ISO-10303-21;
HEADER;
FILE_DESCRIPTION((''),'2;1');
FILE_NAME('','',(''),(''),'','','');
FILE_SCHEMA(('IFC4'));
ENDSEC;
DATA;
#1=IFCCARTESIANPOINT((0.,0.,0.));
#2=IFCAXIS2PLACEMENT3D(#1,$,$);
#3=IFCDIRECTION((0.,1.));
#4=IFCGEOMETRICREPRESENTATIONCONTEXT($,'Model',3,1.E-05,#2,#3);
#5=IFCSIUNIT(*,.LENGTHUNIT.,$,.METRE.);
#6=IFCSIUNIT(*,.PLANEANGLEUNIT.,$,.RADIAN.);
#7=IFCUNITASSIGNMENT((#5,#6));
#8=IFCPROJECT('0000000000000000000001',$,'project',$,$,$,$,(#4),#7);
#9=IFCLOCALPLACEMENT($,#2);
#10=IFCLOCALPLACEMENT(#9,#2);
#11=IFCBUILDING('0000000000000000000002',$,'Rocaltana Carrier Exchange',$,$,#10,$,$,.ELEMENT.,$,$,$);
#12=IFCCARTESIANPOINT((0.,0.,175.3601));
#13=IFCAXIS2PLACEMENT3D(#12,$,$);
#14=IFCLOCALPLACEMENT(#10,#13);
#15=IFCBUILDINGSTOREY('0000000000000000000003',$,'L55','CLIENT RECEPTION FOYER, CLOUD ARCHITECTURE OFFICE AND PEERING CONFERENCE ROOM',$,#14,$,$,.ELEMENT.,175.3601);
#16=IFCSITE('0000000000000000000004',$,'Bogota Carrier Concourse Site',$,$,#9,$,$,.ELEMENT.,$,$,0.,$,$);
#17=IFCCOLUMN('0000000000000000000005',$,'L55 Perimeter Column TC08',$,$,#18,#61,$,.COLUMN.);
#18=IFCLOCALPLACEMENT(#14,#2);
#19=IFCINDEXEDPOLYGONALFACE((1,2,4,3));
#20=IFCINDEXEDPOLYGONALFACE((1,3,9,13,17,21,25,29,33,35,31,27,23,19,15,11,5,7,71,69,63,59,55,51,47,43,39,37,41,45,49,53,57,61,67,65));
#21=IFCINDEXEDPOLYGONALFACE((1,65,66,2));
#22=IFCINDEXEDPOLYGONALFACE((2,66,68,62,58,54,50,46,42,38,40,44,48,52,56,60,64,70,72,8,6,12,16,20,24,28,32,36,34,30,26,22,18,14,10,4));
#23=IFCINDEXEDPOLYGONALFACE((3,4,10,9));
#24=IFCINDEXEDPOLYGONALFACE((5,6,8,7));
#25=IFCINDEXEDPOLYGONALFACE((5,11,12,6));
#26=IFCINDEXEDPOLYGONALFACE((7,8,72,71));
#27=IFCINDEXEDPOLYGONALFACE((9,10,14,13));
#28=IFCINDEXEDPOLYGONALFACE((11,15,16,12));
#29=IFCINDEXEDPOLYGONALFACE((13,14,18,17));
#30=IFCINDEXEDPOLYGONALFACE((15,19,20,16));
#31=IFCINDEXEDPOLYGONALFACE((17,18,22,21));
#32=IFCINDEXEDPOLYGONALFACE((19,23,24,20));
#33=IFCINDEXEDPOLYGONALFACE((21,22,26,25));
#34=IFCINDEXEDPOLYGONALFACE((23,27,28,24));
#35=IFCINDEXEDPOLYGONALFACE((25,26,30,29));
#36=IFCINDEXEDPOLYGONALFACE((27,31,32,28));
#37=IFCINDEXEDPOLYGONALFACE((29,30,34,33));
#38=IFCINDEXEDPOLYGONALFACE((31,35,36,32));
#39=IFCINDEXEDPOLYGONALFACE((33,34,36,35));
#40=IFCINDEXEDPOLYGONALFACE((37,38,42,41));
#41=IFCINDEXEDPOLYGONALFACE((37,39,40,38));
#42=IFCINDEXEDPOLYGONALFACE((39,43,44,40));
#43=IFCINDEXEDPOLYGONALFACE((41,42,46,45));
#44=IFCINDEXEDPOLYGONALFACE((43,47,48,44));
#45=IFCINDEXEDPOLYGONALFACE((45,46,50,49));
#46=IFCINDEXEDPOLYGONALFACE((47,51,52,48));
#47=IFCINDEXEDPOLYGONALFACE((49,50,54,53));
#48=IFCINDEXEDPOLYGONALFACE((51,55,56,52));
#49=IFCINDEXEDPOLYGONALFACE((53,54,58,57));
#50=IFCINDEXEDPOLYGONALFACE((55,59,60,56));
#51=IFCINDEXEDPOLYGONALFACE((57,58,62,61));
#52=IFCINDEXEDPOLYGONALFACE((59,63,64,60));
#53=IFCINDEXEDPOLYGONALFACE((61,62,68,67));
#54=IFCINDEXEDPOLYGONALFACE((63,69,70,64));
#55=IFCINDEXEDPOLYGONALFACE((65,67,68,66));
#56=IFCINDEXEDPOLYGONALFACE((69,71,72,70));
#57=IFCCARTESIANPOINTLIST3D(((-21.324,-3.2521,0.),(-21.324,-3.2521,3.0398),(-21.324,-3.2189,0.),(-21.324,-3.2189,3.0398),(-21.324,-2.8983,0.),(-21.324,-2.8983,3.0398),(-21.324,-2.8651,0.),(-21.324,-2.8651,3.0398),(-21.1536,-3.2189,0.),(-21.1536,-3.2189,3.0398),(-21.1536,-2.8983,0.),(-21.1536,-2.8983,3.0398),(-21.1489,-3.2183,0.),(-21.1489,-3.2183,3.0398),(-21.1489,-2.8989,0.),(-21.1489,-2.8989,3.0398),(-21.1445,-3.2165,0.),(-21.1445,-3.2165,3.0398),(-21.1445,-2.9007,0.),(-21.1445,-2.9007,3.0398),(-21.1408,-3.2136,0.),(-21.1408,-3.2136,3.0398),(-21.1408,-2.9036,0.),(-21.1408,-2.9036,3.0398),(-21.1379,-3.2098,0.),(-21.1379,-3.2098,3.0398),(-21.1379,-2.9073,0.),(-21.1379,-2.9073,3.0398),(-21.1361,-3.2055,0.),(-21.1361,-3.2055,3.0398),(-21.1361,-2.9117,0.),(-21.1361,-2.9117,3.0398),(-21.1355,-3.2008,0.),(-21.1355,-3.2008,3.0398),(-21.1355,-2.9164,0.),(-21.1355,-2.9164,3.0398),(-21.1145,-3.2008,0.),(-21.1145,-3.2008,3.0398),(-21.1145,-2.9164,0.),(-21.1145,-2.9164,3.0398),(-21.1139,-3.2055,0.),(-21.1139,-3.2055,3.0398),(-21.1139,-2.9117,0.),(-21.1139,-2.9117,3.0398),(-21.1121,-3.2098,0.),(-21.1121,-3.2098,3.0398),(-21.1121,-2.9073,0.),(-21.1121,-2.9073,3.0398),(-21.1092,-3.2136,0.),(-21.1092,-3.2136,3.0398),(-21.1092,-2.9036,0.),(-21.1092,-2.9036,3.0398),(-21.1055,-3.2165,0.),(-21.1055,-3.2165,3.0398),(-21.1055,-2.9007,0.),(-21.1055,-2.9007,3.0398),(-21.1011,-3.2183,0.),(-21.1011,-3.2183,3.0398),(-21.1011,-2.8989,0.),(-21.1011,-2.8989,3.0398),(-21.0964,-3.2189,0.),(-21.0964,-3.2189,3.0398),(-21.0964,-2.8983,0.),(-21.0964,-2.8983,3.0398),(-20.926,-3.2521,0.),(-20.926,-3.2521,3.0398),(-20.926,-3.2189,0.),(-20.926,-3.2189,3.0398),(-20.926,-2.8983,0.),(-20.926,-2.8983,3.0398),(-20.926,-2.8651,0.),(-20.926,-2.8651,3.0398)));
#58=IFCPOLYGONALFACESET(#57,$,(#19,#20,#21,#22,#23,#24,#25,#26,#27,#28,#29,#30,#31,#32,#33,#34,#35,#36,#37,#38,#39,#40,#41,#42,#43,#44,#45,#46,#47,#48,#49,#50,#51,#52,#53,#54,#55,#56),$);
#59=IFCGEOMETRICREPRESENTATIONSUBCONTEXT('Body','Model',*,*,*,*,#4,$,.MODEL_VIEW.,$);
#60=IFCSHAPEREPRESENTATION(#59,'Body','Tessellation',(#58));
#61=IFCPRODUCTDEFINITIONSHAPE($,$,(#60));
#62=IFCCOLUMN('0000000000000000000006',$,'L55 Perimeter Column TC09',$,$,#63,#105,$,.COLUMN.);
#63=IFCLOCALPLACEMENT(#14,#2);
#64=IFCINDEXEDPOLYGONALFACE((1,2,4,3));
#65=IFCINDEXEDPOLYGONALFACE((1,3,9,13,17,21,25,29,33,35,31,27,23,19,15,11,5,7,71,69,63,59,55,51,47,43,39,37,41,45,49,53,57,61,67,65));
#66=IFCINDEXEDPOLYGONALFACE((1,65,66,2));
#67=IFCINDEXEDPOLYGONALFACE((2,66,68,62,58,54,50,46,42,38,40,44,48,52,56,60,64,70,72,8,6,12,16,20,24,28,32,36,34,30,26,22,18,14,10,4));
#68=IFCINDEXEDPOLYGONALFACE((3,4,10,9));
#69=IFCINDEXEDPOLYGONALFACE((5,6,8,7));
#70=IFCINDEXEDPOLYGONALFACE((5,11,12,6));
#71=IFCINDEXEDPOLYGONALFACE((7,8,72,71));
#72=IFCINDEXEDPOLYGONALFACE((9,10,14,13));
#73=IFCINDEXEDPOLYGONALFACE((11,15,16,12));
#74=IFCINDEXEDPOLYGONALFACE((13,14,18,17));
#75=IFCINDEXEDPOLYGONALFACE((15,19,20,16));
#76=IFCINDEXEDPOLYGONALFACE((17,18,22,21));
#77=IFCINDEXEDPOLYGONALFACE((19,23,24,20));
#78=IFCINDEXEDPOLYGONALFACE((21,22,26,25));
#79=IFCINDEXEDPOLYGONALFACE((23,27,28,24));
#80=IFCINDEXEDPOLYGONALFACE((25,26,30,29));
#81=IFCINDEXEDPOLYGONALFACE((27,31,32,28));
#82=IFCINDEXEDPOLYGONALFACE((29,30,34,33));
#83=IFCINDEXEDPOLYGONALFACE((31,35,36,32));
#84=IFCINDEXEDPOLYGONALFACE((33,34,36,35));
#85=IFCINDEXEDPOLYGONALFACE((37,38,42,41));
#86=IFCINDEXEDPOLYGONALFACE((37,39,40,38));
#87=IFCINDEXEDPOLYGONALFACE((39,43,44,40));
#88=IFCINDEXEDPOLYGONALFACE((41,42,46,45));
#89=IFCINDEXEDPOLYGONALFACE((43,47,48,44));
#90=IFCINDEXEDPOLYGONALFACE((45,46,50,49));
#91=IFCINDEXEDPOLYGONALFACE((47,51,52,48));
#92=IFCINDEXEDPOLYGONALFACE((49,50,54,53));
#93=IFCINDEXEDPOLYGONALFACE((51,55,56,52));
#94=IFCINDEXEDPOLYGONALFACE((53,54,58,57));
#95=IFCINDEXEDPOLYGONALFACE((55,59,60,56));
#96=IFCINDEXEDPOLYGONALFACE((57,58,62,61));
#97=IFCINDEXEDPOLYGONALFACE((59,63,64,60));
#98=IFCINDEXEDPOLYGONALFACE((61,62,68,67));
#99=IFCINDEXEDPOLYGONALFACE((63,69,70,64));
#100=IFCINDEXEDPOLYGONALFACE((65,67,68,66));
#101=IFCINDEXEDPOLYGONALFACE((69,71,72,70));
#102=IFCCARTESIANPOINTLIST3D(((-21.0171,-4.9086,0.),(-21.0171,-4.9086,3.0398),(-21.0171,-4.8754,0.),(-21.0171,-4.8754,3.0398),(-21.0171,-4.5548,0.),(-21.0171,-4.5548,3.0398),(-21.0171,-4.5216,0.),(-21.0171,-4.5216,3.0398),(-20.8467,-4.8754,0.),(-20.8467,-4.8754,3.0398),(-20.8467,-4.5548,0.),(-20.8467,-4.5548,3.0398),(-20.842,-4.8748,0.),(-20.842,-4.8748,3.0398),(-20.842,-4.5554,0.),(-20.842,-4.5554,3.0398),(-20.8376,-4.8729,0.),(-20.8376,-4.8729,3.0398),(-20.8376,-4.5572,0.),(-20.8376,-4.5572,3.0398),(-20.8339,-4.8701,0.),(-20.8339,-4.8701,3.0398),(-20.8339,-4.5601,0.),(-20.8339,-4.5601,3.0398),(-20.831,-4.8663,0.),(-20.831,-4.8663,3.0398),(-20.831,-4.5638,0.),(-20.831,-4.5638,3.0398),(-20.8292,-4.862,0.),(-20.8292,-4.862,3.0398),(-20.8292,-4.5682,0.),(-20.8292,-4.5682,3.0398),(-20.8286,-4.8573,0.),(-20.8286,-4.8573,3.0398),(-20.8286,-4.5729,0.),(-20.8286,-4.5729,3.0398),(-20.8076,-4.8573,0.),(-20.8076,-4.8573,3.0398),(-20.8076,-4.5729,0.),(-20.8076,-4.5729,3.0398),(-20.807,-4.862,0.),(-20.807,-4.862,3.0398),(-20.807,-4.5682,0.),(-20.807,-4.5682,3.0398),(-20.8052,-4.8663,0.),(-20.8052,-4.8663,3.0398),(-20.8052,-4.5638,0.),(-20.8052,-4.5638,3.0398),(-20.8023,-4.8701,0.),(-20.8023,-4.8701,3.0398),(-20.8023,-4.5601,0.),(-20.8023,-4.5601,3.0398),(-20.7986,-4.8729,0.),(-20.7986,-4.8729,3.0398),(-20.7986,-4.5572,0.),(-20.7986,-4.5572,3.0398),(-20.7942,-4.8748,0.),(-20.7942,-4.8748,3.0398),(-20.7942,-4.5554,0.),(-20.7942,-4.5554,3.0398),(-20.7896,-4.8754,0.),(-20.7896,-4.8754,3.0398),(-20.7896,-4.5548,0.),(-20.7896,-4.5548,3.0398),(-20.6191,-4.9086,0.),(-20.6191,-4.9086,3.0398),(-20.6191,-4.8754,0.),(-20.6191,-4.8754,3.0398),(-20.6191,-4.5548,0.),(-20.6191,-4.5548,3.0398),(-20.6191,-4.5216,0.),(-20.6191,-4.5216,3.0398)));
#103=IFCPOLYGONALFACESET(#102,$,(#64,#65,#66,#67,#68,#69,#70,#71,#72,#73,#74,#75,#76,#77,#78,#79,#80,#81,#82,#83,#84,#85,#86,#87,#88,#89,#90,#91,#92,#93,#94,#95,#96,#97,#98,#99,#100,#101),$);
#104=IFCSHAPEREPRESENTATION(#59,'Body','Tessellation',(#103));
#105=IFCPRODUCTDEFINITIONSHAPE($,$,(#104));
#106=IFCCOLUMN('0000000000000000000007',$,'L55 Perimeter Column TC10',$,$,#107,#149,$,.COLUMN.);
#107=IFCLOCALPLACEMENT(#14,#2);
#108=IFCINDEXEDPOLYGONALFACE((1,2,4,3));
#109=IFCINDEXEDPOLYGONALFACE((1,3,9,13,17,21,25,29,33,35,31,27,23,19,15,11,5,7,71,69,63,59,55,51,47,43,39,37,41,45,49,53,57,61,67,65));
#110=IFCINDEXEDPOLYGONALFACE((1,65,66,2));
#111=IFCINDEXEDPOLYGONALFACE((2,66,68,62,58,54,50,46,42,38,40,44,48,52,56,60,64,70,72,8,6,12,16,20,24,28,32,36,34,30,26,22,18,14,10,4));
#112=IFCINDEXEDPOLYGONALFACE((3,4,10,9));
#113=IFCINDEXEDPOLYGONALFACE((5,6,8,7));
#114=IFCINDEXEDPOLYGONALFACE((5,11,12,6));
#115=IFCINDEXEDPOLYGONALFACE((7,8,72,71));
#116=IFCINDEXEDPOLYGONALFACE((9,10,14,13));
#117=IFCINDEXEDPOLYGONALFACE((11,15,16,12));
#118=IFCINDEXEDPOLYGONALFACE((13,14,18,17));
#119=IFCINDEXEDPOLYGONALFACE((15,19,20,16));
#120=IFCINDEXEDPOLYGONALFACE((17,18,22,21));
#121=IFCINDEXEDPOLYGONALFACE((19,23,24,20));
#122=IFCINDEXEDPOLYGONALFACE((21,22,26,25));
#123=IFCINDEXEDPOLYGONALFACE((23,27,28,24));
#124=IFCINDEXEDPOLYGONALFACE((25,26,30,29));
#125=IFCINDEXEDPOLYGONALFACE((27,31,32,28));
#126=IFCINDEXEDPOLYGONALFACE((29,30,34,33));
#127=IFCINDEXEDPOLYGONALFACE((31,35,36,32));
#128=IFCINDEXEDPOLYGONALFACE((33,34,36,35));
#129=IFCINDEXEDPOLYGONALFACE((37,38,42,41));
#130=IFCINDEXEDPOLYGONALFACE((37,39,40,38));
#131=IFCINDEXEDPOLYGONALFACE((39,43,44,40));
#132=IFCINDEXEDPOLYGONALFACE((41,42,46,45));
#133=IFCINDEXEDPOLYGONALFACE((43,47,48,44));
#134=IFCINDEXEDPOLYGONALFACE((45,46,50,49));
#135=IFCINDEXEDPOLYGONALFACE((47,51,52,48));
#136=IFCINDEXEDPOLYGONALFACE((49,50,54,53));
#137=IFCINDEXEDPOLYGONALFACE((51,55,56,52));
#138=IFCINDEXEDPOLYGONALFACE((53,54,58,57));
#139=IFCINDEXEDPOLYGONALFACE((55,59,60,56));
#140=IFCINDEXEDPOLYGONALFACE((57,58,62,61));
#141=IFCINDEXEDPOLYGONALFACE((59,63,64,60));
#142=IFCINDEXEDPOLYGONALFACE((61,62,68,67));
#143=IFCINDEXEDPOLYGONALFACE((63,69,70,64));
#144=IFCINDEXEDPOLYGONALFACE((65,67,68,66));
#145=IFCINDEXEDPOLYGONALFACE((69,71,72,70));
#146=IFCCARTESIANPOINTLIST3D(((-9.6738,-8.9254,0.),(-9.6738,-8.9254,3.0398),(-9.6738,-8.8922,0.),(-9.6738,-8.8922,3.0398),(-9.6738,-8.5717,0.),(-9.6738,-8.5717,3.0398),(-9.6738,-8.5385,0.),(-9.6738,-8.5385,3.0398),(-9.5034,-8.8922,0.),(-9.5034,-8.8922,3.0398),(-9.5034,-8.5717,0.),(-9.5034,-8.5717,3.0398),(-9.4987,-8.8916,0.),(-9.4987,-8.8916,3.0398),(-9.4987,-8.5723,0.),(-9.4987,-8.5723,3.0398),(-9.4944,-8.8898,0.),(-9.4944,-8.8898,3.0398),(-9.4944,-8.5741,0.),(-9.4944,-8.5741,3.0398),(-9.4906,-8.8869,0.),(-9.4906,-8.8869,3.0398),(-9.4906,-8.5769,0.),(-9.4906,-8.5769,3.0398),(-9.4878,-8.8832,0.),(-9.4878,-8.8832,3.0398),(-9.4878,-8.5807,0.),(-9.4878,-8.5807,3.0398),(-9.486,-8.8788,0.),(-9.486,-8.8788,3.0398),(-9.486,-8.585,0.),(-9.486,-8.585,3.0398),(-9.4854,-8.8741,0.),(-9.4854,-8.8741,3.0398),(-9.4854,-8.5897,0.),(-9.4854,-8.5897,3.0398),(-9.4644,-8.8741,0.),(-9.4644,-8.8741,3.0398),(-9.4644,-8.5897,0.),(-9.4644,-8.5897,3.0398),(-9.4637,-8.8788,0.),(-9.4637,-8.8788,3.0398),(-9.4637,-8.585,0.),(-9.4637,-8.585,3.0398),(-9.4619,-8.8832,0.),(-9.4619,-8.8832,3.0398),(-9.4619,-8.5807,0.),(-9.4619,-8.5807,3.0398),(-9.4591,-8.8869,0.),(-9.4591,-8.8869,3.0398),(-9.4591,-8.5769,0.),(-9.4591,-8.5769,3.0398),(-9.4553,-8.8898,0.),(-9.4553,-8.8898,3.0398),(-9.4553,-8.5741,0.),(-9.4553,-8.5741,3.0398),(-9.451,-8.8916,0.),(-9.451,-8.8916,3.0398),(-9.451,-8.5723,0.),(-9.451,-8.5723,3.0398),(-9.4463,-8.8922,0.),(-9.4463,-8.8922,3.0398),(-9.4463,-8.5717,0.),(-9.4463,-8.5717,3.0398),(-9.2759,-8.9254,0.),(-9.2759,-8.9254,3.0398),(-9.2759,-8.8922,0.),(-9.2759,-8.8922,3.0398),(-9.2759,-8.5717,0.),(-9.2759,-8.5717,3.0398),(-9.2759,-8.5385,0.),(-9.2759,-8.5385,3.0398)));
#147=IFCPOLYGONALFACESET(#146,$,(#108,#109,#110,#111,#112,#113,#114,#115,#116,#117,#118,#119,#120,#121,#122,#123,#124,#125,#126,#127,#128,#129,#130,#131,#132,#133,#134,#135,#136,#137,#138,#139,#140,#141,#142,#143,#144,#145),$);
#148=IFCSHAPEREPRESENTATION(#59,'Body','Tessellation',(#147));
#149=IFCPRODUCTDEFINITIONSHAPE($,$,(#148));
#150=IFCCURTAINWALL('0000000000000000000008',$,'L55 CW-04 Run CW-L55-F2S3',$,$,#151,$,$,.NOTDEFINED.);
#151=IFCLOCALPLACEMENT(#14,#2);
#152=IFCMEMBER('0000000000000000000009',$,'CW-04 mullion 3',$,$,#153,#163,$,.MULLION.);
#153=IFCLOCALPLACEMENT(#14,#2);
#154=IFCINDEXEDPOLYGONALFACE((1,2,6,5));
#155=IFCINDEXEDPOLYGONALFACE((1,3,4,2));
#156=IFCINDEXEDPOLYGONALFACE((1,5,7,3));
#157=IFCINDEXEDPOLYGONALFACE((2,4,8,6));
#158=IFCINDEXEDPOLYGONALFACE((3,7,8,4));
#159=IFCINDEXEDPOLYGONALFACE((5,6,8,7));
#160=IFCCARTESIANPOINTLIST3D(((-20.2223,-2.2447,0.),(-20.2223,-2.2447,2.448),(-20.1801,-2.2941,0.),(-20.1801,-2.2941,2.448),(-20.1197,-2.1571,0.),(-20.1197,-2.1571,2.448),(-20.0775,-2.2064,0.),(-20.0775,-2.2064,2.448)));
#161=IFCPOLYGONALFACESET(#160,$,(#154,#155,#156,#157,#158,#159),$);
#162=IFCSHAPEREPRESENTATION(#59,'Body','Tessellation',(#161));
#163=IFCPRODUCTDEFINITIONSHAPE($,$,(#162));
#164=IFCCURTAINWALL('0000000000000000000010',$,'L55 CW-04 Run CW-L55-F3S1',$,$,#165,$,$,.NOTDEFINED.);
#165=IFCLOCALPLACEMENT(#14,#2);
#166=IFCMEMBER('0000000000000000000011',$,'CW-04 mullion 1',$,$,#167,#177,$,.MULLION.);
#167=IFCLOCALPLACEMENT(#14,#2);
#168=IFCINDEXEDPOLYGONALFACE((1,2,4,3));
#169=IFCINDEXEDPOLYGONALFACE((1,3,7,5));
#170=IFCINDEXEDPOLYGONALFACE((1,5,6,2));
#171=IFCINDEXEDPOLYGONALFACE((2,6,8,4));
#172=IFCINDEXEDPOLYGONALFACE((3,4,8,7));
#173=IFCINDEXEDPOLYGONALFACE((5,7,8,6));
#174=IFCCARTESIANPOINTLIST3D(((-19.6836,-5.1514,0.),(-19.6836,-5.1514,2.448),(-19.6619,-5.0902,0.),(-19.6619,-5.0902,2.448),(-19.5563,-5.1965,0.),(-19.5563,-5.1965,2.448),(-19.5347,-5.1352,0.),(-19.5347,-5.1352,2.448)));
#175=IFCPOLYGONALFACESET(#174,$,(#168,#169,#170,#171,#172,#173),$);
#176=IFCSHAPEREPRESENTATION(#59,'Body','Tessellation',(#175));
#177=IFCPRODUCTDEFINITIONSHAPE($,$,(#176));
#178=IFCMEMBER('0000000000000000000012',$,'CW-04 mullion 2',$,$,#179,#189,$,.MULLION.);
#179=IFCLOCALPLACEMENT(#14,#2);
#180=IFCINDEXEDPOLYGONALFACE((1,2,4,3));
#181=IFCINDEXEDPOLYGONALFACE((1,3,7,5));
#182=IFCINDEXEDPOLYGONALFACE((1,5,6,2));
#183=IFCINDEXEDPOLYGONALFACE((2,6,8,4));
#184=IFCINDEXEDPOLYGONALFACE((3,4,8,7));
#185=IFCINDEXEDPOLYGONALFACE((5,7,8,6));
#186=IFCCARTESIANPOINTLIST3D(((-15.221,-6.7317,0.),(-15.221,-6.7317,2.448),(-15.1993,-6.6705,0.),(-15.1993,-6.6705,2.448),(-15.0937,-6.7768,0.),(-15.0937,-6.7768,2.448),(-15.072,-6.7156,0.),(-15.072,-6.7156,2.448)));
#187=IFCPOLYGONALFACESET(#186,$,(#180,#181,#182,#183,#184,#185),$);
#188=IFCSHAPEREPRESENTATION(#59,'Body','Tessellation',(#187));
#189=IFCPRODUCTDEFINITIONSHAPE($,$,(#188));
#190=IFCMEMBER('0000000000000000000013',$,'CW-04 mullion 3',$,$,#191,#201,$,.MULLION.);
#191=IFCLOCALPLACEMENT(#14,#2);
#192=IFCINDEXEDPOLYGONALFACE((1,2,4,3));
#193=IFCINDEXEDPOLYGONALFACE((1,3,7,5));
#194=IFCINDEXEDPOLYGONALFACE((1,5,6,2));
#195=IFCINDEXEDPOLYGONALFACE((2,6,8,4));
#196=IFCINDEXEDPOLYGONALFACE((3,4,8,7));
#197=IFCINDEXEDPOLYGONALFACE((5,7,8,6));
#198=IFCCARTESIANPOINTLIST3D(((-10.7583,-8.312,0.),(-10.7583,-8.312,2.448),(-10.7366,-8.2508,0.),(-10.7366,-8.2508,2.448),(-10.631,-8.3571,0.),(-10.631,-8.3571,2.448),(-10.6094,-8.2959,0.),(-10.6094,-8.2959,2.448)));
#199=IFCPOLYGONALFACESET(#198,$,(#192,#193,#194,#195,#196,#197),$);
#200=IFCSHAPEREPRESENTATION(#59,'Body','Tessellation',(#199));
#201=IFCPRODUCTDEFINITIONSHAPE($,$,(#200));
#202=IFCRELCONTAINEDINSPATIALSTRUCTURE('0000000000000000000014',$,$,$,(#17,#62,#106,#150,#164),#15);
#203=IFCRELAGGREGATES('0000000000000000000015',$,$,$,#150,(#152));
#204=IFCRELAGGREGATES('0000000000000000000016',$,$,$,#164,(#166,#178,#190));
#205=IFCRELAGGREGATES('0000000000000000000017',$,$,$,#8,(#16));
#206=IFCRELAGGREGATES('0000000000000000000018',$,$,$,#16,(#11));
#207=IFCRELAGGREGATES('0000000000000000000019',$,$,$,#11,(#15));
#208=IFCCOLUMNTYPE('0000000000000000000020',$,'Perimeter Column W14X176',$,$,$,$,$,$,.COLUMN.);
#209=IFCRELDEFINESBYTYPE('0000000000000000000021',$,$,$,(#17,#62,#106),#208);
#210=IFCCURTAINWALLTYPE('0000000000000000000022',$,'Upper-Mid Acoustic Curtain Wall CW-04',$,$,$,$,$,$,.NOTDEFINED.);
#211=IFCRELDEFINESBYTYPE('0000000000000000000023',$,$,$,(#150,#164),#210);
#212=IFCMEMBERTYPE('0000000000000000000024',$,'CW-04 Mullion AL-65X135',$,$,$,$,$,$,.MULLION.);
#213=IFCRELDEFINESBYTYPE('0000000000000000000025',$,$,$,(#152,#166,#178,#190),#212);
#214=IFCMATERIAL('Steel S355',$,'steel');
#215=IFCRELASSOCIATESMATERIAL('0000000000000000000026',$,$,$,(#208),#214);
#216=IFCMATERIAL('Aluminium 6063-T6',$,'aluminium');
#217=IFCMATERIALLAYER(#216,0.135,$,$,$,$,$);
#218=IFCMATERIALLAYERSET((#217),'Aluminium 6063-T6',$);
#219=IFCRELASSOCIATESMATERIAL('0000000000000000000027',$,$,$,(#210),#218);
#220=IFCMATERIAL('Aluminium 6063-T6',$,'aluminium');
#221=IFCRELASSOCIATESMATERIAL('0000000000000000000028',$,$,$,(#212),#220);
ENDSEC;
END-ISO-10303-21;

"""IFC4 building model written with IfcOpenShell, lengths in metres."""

from ifc_helpers import new_model, si_unit, direction, frame, origin, origin_2d, place, context, subcontext, project, spatial, rectangle, i_section, extrude, material, layer, layer_set, material_profile, profile_set, type_object, element, aggregate, save


model = new_model("IFC4")

# Units and contexts
model_context = context("Model", 3, precision=1e-05, world=origin(), true_north=direction((0.0, 1.0)))
body_context = subcontext(model_context, "Body", "Model", "MODEL_VIEW")
ifc_project = project(units=[si_unit("LENGTHUNIT", "METRE"), si_unit("PLANEANGLEUNIT", "RADIAN")], contexts=[model_context])

# Site, building, storey
site_placement = place(None, origin())
site = spatial("IfcSite", under=ifc_project, at=site_placement, Name="Bogota Carrier Concourse Site", CompositionType="ELEMENT", RefElevation=0.0)
building_placement = place(site_placement, origin())
building = spatial("IfcBuilding", under=site, at=building_placement, Name="Rocaltana Carrier Exchange", CompositionType="ELEMENT")
storey_placement = place(building_placement, frame((0.0, 0.0, 175.3601)))
storey = spatial("IfcBuildingStorey", under=building, at=storey_placement, Name="L55", Description="CLIENT RECEPTION FOYER, CLOUD ARCHITECTURE OFFICE AND PEERING CONFERENCE ROOM", CompositionType="ELEMENT", Elevation=175.3601)

# Columns
ifc_material_1 = material(Name="Steel S355", Category="steel")
ifc_material_profile_1 = material_profile(ifc_material_1, i_section(OverallWidth=0.3979, OverallDepth=0.387, WebThickness=0.021, FlangeThickness=0.0332, FilletRadius=0.0181, at=origin_2d()), Name="W14X176")
ifc_profile_set_1 = profile_set([ifc_material_profile_1], Name="Steel S355")
column_type = type_object("IfcColumnType", Name="Perimeter Column W14X176", PredefinedType="COLUMN", material=ifc_profile_set_1)
for number, where, z_axis, x_axis, name in (
    (1, (-21.125, -3.0586, 0.0), (0.0, 0.0, 1.0), (1.0, 0.0, 0.0), "L55 Perimeter Column TC08"),
    (2, (-20.8181, -4.7151, 0.0), (0.0, 0.0, 1.0), (1.0, 0.0, 0.0), "L55 Perimeter Column TC09"),
    (3, (-9.4749, -8.7319, 0.0), (0.0, 0.0, 1.0), (1.0, 0.0, 0.0), "L55 Perimeter Column TC10"),
):
    element("IfcColumn", number, at=place(storey_placement, frame(where, z_axis=z_axis, x_axis=x_axis)), inside=storey, type_object=column_type, Name=name, PredefinedType="COLUMN", context=body_context, shape_type="SweptSolid", body=[
        extrude(i_section(OverallWidth=0.3979, OverallDepth=0.387, WebThickness=0.021, FlangeThickness=0.0332, FilletRadius=0.0181, at=origin_2d()), origin(), (0.0, 0.0, 1.0), 3.0398),
    ])

# Curtain wall, member
ifc_material_2 = material(Name="Aluminium 6063-T6", Category="aluminium")
ifc_layer_1 = layer(ifc_material_2, 0.135)
ifc_layer_set_1 = layer_set([ifc_layer_1], Name="Aluminium 6063-T6")
curtain_wall_type = type_object("IfcCurtainWallType", Name="Upper-Mid Acoustic Curtain Wall CW-04", PredefinedType="NOTDEFINED", material=ifc_layer_set_1)
curtain_wall_1_placement = place(storey_placement, origin())
curtain_wall_1 = element("IfcCurtainWall", 4, at=curtain_wall_1_placement, inside=storey, type_object=curtain_wall_type, Name="L55 CW-04 Run CW-L55-F2S3", PredefinedType="NOTDEFINED")
ifc_material_3 = material(Name="Aluminium 6063-T6", Category="aluminium")
ifc_material_profile_2 = material_profile(ifc_material_3, rectangle(XDim=0.0649, YDim=0.135, at=origin_2d()), Name="AL-65X135")
ifc_profile_set_2 = profile_set([ifc_material_profile_2], Name="Aluminium 6063-T6")
member_type_1 = type_object("IfcMemberType", Name="CW-04 Mullion AL-65X135", PredefinedType="MULLION", material=ifc_profile_set_2)
member_1_placement = place(storey_placement, frame((-20.1499, -2.2256, 0.0), z_axis=(0.0, 0.0, 1.0), x_axis=(0.649448, -0.760406, 0.0)))
member_1 = element("IfcMember", 5, at=member_1_placement, type_object=member_type_1, Name="CW-04 mullion 3", PredefinedType="MULLION", context=body_context, shape_type="SweptSolid", body=[
    extrude(rectangle(XDim=0.0649, YDim=0.135, at=origin_2d()), origin(), (0.0, 0.0, 1.0), 2.448),
])

# Curtain wall, members
curtain_wall_2_placement = place(storey_placement, origin())
curtain_wall_2 = element("IfcCurtainWall", 6, at=curtain_wall_2_placement, inside=storey, type_object=curtain_wall_type, Name="L55 CW-04 Run CW-L55-F3S1", PredefinedType="NOTDEFINED")
member_2_placement = place(storey_placement, frame((-19.6091, -5.1433, 0.0), z_axis=(0.0, 0.0, 1.0), x_axis=(0.333795, 0.942646, 0.0)))
member_2 = element("IfcMember", 7, at=member_2_placement, type_object=member_type_1, Name="CW-04 mullion 1", PredefinedType="MULLION", context=body_context, shape_type="SweptSolid", body=[
    extrude(rectangle(XDim=0.0649, YDim=0.135, at=origin_2d()), origin(), (0.0, 0.0, 1.0), 2.448),
])
member_3_placement = place(storey_placement, frame((-15.1465, -6.7236, 0.0), z_axis=(0.0, 0.0, 1.0), x_axis=(0.333795, 0.942646, 0.0)))
member_3 = element("IfcMember", 8, at=member_3_placement, type_object=member_type_1, Name="CW-04 mullion 2", PredefinedType="MULLION", context=body_context, shape_type="SweptSolid", body=[
    extrude(rectangle(XDim=0.0649, YDim=0.135, at=origin_2d()), origin(), (0.0, 0.0, 1.0), 2.448),
])
member_4_placement = place(storey_placement, frame((-10.6838, -8.304, 0.0), z_axis=(0.0, 0.0, 1.0), x_axis=(0.333795, 0.942646, 0.0)))
member_4 = element("IfcMember", 9, at=member_4_placement, type_object=member_type_1, Name="CW-04 mullion 3", PredefinedType="MULLION", context=body_context, shape_type="SweptSolid", body=[
    extrude(rectangle(XDim=0.0649, YDim=0.135, at=origin_2d()), origin(), (0.0, 0.0, 1.0), 2.448),
])

aggregate(curtain_wall_1, [member_1])
aggregate(curtain_wall_2, [member_2, member_3, member_4])

save(model, "model.ifc")
